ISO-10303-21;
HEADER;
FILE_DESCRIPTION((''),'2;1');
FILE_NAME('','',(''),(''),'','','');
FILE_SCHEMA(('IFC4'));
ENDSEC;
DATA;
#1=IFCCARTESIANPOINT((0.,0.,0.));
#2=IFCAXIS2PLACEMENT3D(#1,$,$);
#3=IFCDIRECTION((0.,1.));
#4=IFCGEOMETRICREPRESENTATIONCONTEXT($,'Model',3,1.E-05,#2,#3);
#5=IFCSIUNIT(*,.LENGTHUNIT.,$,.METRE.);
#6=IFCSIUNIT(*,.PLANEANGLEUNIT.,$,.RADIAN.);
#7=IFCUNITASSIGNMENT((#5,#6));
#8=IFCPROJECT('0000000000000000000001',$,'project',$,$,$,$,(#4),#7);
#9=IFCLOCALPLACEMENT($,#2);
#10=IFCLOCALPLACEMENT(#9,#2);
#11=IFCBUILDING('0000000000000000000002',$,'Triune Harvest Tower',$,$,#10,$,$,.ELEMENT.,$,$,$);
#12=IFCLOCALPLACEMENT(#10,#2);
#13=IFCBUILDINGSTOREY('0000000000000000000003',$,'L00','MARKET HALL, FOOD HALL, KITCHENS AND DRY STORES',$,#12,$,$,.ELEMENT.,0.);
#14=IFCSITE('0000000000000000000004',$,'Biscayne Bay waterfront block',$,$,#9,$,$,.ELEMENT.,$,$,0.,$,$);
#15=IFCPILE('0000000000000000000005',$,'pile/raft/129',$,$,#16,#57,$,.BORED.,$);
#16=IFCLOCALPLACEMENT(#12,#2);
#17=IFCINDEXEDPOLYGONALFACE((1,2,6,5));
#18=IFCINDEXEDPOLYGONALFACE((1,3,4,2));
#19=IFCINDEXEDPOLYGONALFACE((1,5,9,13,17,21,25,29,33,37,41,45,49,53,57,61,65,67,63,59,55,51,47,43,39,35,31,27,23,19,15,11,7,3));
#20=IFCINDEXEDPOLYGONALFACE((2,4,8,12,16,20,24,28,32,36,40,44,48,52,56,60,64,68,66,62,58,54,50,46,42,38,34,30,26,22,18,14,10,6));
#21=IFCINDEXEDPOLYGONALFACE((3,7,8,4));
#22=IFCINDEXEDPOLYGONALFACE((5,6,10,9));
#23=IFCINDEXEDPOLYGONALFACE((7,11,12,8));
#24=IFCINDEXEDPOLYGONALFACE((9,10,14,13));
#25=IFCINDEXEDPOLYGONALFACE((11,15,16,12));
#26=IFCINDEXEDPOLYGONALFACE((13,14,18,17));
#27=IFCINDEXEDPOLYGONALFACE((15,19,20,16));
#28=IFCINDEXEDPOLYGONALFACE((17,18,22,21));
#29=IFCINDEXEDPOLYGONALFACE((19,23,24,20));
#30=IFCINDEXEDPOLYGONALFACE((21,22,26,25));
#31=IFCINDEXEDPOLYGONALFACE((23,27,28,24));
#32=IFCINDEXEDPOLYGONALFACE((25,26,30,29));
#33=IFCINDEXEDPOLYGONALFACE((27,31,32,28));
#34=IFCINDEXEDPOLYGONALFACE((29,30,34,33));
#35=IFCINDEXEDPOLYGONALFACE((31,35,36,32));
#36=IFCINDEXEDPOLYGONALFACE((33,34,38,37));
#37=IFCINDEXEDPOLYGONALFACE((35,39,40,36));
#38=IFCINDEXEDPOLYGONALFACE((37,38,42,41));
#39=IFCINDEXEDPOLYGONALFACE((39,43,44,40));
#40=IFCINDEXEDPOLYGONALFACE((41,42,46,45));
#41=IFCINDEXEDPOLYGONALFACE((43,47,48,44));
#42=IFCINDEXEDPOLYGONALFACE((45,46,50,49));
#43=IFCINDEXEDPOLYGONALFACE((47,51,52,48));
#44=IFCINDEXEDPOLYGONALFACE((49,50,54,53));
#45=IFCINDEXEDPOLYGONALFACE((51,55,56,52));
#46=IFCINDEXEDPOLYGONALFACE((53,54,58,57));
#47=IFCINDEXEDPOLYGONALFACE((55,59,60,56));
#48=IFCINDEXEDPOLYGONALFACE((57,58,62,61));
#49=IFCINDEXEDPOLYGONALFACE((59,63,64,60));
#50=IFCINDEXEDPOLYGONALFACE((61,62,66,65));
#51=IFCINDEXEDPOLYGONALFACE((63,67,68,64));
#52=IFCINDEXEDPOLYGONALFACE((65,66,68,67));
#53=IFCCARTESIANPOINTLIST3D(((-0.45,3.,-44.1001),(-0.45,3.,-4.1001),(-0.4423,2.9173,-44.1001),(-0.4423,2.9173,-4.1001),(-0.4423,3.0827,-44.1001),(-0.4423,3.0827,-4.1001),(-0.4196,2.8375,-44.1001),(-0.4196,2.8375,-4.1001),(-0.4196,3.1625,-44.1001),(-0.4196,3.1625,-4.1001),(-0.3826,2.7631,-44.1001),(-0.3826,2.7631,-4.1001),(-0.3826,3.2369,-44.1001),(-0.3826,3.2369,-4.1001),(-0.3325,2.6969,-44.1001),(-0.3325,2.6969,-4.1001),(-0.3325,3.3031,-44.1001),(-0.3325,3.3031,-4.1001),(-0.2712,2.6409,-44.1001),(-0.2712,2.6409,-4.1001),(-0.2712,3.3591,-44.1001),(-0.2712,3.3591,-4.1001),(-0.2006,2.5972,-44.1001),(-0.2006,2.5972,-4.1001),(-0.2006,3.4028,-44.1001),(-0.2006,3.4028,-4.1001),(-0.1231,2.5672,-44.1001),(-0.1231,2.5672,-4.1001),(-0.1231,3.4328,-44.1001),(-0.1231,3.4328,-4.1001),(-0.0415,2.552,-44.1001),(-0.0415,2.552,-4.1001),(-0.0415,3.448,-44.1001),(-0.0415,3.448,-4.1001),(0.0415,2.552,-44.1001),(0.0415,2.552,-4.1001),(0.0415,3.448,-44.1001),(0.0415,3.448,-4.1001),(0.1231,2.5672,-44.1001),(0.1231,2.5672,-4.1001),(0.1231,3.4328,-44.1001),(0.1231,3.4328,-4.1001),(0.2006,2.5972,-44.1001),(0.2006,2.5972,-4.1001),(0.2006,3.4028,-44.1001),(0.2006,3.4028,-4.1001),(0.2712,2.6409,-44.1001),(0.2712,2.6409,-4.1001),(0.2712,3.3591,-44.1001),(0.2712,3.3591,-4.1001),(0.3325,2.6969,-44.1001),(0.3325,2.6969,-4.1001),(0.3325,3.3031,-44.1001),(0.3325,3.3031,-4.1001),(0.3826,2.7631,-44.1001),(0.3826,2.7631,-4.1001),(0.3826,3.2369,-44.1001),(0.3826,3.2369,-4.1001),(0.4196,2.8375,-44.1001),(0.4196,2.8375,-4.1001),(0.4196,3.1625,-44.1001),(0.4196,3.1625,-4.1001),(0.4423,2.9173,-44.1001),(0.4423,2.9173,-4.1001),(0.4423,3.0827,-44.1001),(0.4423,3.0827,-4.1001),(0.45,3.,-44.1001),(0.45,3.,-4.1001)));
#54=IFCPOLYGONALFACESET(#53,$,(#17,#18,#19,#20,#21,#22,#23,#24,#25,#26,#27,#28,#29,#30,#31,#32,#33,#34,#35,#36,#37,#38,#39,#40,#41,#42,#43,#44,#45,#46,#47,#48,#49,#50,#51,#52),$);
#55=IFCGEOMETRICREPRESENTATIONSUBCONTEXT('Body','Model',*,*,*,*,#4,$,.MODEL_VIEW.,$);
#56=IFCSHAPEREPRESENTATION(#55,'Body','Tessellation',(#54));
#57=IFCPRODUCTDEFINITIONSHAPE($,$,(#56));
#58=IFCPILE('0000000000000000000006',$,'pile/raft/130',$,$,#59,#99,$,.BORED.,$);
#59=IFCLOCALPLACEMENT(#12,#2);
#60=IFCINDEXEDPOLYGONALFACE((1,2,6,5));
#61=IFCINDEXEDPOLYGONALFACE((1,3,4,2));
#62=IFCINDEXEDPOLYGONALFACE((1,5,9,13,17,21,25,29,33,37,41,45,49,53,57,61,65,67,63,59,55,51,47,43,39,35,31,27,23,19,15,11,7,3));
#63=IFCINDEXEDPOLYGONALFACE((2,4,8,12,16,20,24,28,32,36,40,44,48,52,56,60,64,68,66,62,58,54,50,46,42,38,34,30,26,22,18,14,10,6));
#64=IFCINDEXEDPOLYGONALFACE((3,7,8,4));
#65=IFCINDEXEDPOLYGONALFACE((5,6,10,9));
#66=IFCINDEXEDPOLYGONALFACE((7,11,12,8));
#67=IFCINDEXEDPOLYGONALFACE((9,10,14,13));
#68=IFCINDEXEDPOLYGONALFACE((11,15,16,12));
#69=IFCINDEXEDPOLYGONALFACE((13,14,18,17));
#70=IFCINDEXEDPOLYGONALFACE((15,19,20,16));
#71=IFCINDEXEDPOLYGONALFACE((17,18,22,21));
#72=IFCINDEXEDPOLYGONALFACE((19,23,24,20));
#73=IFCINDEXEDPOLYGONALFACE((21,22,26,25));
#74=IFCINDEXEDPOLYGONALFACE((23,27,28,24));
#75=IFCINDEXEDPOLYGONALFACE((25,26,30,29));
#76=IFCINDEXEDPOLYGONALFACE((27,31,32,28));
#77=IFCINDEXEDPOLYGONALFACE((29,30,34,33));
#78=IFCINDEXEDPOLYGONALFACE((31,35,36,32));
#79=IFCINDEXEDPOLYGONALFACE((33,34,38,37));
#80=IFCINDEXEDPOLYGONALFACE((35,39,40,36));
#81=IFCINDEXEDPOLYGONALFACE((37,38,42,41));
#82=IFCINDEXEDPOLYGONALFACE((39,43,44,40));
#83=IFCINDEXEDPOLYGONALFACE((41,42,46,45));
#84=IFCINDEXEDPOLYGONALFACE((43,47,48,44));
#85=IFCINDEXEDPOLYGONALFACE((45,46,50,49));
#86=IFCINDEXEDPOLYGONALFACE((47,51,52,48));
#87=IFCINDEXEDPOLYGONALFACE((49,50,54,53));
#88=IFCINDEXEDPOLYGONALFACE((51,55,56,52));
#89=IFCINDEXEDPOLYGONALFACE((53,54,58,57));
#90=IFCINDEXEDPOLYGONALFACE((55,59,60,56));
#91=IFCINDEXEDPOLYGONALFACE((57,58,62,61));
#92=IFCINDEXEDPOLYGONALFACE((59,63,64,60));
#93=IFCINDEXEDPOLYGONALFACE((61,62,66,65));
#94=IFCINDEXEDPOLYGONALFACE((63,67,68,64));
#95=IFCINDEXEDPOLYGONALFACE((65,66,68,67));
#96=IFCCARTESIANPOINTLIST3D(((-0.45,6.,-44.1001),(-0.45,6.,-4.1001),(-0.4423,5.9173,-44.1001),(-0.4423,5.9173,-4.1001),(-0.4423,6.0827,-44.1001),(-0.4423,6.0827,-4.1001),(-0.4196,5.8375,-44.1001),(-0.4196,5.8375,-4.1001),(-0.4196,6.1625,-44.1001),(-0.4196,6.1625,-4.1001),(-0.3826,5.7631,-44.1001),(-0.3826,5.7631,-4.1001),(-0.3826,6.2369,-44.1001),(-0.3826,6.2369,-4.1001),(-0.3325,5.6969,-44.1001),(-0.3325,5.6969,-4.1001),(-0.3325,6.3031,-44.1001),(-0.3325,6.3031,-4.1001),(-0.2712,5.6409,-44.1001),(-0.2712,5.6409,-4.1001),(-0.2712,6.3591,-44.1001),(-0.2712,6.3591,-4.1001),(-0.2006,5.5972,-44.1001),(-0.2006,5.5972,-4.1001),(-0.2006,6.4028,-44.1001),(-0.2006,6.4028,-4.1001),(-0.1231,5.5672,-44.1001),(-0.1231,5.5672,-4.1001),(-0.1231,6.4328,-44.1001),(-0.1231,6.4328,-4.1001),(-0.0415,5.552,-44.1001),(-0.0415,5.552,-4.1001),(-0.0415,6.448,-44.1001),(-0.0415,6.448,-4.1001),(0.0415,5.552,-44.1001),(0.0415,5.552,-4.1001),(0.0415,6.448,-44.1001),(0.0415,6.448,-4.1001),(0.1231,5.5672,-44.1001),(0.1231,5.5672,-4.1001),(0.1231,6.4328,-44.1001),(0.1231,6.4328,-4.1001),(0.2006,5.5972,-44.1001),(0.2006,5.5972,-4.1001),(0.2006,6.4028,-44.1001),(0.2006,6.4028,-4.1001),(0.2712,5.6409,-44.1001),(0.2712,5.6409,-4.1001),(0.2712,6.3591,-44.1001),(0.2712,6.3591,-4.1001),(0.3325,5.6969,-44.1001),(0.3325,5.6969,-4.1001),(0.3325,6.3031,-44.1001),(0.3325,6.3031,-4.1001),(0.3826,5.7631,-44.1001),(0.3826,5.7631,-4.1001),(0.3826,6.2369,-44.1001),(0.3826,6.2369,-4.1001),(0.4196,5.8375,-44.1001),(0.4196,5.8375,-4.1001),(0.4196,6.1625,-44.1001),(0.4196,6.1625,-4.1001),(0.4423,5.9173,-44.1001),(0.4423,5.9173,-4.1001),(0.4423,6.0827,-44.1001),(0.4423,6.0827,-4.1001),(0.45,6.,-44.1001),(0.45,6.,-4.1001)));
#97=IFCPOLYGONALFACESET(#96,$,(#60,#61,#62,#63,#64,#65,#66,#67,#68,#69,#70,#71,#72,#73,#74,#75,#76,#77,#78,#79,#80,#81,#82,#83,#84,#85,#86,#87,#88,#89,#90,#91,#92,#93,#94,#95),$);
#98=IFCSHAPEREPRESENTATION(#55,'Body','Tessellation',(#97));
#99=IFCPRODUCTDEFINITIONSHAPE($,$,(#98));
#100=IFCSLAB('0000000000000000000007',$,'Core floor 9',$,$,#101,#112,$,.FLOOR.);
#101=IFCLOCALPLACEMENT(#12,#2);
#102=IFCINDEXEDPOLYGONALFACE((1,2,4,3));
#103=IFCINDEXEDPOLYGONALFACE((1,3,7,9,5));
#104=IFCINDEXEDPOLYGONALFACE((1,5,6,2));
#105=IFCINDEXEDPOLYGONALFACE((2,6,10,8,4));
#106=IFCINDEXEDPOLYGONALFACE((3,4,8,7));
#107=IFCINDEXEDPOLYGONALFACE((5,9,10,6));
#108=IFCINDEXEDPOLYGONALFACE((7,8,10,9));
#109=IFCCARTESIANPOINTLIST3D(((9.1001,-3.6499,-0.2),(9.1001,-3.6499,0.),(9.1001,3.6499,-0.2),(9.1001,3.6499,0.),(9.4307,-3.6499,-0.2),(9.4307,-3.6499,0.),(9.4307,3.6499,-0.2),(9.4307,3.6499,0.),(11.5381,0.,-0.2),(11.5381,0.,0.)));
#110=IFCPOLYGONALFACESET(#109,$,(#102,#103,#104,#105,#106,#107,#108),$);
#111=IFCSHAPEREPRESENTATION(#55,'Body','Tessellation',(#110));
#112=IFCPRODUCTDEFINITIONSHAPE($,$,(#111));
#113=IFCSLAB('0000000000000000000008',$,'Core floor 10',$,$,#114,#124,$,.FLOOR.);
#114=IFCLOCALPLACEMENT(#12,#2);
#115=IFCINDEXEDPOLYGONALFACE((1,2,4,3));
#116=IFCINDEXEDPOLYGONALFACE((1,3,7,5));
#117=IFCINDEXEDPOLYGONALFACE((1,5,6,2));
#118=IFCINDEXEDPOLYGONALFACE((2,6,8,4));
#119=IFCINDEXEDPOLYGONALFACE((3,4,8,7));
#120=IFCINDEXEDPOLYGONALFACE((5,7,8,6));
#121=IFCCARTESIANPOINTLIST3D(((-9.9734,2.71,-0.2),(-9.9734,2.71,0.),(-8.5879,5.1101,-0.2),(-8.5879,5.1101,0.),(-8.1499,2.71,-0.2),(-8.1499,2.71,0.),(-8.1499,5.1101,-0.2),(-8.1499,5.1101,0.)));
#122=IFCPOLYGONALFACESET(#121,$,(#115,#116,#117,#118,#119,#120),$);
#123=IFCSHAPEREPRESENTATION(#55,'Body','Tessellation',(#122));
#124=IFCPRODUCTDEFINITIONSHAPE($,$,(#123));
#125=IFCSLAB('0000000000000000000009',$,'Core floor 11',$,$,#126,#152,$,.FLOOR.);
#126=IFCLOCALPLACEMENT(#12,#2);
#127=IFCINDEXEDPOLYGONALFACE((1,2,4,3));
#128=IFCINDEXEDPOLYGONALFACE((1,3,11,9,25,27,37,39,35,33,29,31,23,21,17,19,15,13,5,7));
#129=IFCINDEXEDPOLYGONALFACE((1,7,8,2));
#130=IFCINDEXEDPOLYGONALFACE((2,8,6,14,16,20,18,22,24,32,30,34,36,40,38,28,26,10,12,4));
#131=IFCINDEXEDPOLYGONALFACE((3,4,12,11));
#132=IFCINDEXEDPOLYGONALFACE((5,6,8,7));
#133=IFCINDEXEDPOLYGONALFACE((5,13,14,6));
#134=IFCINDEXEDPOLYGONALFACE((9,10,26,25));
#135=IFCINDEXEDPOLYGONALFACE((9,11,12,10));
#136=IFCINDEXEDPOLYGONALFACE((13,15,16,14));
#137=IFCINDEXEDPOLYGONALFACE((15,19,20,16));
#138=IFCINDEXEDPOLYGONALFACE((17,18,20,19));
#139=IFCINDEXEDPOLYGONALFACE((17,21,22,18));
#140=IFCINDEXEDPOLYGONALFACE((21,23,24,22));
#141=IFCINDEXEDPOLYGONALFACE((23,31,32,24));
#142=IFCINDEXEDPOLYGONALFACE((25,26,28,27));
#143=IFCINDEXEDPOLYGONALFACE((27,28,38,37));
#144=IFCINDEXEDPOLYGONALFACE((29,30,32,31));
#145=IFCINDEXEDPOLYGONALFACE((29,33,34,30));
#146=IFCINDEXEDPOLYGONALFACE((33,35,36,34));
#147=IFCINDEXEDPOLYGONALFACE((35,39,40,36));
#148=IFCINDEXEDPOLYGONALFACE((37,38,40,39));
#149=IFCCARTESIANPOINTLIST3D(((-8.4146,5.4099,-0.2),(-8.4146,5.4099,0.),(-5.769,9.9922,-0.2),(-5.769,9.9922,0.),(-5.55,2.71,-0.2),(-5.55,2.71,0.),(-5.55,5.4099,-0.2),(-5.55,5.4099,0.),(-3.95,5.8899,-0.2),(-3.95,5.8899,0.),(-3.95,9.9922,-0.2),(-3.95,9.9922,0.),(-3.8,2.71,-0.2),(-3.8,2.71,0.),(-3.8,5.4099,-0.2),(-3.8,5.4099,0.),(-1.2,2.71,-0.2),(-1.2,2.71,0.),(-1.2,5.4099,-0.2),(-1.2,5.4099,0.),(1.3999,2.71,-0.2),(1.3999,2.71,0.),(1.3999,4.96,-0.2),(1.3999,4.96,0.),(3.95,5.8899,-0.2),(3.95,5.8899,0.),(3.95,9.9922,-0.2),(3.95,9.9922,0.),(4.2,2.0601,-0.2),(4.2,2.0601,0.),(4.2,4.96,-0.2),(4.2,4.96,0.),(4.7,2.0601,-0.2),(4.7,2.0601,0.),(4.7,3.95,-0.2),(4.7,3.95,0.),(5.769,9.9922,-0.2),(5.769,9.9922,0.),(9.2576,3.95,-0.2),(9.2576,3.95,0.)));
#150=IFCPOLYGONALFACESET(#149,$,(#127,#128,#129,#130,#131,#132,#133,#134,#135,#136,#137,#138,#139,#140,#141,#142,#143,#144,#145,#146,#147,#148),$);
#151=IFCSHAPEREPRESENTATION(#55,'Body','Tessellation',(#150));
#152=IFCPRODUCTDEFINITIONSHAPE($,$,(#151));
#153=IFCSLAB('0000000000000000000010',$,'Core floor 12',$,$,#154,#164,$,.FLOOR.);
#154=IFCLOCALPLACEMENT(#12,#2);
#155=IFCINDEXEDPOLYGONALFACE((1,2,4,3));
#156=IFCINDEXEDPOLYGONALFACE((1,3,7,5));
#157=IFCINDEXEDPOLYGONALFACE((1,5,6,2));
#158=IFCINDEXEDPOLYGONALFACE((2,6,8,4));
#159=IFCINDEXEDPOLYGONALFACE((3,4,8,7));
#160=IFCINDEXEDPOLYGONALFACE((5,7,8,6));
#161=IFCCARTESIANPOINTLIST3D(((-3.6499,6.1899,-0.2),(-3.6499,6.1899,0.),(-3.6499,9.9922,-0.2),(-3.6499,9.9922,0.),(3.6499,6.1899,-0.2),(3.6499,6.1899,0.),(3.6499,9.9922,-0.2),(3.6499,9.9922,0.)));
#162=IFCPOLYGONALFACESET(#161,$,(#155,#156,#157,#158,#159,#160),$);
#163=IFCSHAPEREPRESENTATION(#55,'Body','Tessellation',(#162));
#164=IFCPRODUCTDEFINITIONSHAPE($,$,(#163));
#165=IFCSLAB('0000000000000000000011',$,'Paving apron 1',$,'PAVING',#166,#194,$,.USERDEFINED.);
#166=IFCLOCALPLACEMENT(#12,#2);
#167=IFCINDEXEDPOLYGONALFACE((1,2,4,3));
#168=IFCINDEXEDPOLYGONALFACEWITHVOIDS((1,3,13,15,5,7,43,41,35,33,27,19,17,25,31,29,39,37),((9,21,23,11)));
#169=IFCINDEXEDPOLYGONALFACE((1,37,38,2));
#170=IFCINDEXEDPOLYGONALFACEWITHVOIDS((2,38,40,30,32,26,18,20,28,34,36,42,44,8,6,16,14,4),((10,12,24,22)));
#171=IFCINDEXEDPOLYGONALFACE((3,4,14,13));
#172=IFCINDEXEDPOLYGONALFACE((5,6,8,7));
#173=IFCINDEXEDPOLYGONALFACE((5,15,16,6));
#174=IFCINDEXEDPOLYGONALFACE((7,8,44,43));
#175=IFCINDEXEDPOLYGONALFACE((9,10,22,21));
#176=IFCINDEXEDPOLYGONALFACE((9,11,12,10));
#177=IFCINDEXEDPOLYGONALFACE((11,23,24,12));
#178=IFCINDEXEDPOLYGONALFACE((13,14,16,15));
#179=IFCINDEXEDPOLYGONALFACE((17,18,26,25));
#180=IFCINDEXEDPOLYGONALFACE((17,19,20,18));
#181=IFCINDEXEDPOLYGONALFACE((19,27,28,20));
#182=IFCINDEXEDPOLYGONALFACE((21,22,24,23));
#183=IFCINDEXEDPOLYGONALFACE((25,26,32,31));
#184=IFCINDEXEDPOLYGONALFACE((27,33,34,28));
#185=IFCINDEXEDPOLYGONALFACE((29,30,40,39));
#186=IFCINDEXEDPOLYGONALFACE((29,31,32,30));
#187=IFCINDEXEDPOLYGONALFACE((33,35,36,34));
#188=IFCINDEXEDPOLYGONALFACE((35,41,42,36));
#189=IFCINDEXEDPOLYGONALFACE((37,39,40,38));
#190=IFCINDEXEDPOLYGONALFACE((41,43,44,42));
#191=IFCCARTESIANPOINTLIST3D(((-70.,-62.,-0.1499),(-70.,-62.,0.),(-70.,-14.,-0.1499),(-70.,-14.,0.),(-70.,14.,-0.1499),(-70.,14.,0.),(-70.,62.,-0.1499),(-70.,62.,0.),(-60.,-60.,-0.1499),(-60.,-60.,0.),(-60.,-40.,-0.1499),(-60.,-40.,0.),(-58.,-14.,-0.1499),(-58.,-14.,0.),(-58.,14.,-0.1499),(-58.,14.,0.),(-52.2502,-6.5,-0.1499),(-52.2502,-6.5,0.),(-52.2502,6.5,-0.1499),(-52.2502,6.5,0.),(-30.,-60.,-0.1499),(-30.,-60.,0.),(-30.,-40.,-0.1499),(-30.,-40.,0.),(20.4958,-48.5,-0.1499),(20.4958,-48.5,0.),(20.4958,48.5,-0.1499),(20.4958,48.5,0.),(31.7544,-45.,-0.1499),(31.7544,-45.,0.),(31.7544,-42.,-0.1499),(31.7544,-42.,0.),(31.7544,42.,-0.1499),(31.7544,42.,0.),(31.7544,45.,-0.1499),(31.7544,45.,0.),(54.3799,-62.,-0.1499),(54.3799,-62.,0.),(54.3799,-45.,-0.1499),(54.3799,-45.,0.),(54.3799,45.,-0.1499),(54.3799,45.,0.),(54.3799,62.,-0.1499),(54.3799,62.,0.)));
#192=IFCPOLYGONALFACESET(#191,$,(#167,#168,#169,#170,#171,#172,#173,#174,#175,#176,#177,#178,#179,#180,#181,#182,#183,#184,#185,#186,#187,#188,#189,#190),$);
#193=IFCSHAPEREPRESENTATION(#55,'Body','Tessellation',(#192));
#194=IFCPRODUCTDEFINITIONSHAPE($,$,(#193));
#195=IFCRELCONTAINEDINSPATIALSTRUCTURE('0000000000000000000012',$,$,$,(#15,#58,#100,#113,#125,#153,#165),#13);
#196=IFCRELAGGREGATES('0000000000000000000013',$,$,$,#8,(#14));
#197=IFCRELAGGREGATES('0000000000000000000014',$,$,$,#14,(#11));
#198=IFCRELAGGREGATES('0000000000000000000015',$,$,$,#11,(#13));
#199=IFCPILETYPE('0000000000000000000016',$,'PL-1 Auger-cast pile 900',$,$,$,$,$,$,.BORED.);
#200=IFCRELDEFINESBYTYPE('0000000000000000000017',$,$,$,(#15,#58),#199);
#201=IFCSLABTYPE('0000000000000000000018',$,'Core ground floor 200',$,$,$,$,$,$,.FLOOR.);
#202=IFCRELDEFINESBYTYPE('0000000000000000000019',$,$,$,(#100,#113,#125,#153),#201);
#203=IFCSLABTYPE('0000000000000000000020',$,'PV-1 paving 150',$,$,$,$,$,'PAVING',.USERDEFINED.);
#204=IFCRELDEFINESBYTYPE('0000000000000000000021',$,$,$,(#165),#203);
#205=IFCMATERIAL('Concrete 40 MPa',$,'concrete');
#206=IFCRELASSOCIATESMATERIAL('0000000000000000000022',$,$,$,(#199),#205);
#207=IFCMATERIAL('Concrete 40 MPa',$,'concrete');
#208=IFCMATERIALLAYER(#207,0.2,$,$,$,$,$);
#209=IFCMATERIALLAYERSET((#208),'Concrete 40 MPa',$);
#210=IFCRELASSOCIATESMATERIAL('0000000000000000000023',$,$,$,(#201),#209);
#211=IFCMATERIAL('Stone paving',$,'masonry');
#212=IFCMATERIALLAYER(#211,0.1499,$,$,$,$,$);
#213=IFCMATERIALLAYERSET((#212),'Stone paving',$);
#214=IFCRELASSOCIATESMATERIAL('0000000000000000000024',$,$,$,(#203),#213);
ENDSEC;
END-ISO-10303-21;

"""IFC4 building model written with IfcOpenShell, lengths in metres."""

from ifc_helpers import new_model, si_unit, direction, frame, origin, origin_2d, place, context, subcontext, project, spatial, polyline, circle, outline, extrude, source, transform, mapped, material, layer, layer_set, material_profile, profile_set, type_object, element, save


model = new_model("IFC4")

# Units and contexts
model_context = context("Model", 3, precision=1e-05, world=origin(), true_north=direction((0.0, 1.0)))
body_context = subcontext(model_context, "Body", "Model", "MODEL_VIEW")
ifc_project = project(units=[si_unit("LENGTHUNIT", "METRE"), si_unit("PLANEANGLEUNIT", "RADIAN")], contexts=[model_context])

# Site, building, storey
site_placement = place(None, origin())
site = spatial("IfcSite", under=ifc_project, at=site_placement, Name="Biscayne Bay waterfront block", CompositionType="ELEMENT", RefElevation=0.0)
building_placement = place(site_placement, origin())
building = spatial("IfcBuilding", under=site, at=building_placement, Name="Triune Harvest Tower", CompositionType="ELEMENT")
storey_placement = place(building_placement, origin())
storey = spatial("IfcBuildingStorey", under=building, at=storey_placement, Name="L00", Description="MARKET HALL, FOOD HALL, KITCHENS AND DRY STORES", CompositionType="ELEMENT", Elevation=0.0)

# Piles
ifc_material_1 = material(Name="Concrete 40 MPa", Category="concrete")
ifc_material_profile = material_profile(ifc_material_1, circle(Radius=0.45, at=origin_2d()), Name="Bored 900")
ifc_profile_set = profile_set([ifc_material_profile], Name="Concrete 40 MPa")
pile_type = type_object("IfcPileType", Name="PL-1 Auger-cast pile 900", PredefinedType="BORED", material=ifc_profile_set)
shared_shape_1 = source(origin(), body_context, "Body", "SweptSolid", [
    extrude(circle(Radius=0.45, at=origin_2d()), origin(), (0.0, 0.0, 1.0), 40.0),
])
for number, where, z_axis, x_axis, name in (
    (1, (0.0, 3.0, -4.1001), (0.0, 0.0, -1.0), (1.0, 0.0, 0.0), "pile/raft/129"),
    (2, (0.0, 6.0, -4.1001), (0.0, 0.0, -1.0), (1.0, 0.0, 0.0), "pile/raft/130"),
):
    element("IfcPile", number, at=place(storey_placement, frame(where, z_axis=z_axis, x_axis=x_axis)), inside=storey, type_object=pile_type, Name=name, PredefinedType="BORED", context=body_context, shape_type="MappedRepresentation", body=[
        mapped(shared_shape_1, transform((0.0, 0.0, 0.0), scale=1.0)),
    ])

# Slabs
ifc_material_2 = material(Name="Concrete 40 MPa", Category="concrete")
ifc_layer_1 = layer(ifc_material_2, 0.2)
ifc_layer_set_1 = layer_set([ifc_layer_1], Name="Concrete 40 MPa")
slab_type_1 = type_object("IfcSlabType", Name="Core ground floor 200", PredefinedType="FLOOR", material=ifc_layer_set_1)
slab_1_placement = place(storey_placement, frame((0.0, 0.0, -0.2)))
element("IfcSlab", 3, at=slab_1_placement, inside=storey, type_object=slab_type_1, Name="Core floor 9", PredefinedType="FLOOR", context=body_context, shape_type="SweptSolid", body=[
    extrude(outline(polyline([(9.1001, 3.6499), (9.4307, 3.6499), (11.5381, 0.0), (9.4307, -3.6499), (9.1001, -3.6499), (9.1001, 3.6499)])), origin(), (0.0, 0.0, 1.0), 0.2),
])
slab_2_placement = place(storey_placement, frame((0.0, 0.0, -0.2)))
element("IfcSlab", 4, at=slab_2_placement, inside=storey, type_object=slab_type_1, Name="Core floor 10", PredefinedType="FLOOR", context=body_context, shape_type="SweptSolid", body=[
    extrude(outline(polyline([(-8.5879, 5.1101), (-8.1499, 5.1101), (-8.1499, 2.71), (-9.9734, 2.71), (-8.5879, 5.1101)])), origin(), (0.0, 0.0, 1.0), 0.2),
])
slab_3_placement = place(storey_placement, frame((0.0, 0.0, -0.2)))
element("IfcSlab", 5, at=slab_3_placement, inside=storey, type_object=slab_type_1, Name="Core floor 11", PredefinedType="FLOOR", context=body_context, shape_type="SweptSolid", body=[
    extrude(outline(polyline([(1.3999, 4.96), (1.3999, 2.71), (-1.2, 2.71), (-1.2, 5.4099), (-3.8, 5.4099), (-3.8, 2.71), (-5.55, 2.71), (-5.55, 5.4099), (-8.4146, 5.4099), (-5.769, 9.9922), (-3.95, 9.9922), (-3.95, 5.8899), (3.95, 5.8899), (3.95, 9.9922), (5.769, 9.9922), (9.2576, 3.95), (4.7, 3.95), (4.7, 2.0601), (4.2, 2.0601), (4.2, 4.96), (1.3999, 4.96)])), origin(), (0.0, 0.0, 1.0), 0.2),
])
slab_4_placement = place(storey_placement, frame((0.0, 0.0, -0.2)))
element("IfcSlab", 6, at=slab_4_placement, inside=storey, type_object=slab_type_1, Name="Core floor 12", PredefinedType="FLOOR", context=body_context, shape_type="SweptSolid", body=[
    extrude(outline(polyline([(3.6499, 9.9922), (3.6499, 6.1899), (-3.6499, 6.1899), (-3.6499, 9.9922), (3.6499, 9.9922)])), origin(), (0.0, 0.0, 1.0), 0.2),
])
ifc_material_3 = material(Name="Stone paving", Category="masonry")
ifc_layer_2 = layer(ifc_material_3, 0.1499)
ifc_layer_set_2 = layer_set([ifc_layer_2], Name="Stone paving")
slab_type_2 = type_object("IfcSlabType", Name="PV-1 paving 150", ElementType="PAVING", PredefinedType="USERDEFINED", material=ifc_layer_set_2)
slab_5_placement = place(storey_placement, frame((0.0, 0.0, -0.1499)))
element("IfcSlab", 7, at=slab_5_placement, inside=storey, type_object=slab_type_2, Name="Paving apron 1", ObjectType="PAVING", PredefinedType="USERDEFINED", context=body_context, shape_type="SweptSolid", body=[
    extrude(outline(polyline([(31.7544, 45.0), (31.7544, 42.0), (20.4958, 48.5), (-52.2502, 6.5), (-52.2502, -6.5), (20.4958, -48.5), (31.7544, -42.0), (31.7544, -45.0), (54.3799, -45.0), (54.3799, -62.0), (-70.0, -62.0), (-70.0, -14.0), (-58.0, -14.0), (-58.0, 14.0), (-70.0, 14.0), (-70.0, 62.0), (54.3799, 62.0), (54.3799, 45.0), (31.7544, 45.0)]), holes=[polyline([(-30.0, -60.0), (-30.0, -40.0), (-60.0, -40.0), (-60.0, -60.0), (-30.0, -60.0)])]), origin(), (0.0, 0.0, 1.0), 0.1499),
])

save(model, "model.ifc")
